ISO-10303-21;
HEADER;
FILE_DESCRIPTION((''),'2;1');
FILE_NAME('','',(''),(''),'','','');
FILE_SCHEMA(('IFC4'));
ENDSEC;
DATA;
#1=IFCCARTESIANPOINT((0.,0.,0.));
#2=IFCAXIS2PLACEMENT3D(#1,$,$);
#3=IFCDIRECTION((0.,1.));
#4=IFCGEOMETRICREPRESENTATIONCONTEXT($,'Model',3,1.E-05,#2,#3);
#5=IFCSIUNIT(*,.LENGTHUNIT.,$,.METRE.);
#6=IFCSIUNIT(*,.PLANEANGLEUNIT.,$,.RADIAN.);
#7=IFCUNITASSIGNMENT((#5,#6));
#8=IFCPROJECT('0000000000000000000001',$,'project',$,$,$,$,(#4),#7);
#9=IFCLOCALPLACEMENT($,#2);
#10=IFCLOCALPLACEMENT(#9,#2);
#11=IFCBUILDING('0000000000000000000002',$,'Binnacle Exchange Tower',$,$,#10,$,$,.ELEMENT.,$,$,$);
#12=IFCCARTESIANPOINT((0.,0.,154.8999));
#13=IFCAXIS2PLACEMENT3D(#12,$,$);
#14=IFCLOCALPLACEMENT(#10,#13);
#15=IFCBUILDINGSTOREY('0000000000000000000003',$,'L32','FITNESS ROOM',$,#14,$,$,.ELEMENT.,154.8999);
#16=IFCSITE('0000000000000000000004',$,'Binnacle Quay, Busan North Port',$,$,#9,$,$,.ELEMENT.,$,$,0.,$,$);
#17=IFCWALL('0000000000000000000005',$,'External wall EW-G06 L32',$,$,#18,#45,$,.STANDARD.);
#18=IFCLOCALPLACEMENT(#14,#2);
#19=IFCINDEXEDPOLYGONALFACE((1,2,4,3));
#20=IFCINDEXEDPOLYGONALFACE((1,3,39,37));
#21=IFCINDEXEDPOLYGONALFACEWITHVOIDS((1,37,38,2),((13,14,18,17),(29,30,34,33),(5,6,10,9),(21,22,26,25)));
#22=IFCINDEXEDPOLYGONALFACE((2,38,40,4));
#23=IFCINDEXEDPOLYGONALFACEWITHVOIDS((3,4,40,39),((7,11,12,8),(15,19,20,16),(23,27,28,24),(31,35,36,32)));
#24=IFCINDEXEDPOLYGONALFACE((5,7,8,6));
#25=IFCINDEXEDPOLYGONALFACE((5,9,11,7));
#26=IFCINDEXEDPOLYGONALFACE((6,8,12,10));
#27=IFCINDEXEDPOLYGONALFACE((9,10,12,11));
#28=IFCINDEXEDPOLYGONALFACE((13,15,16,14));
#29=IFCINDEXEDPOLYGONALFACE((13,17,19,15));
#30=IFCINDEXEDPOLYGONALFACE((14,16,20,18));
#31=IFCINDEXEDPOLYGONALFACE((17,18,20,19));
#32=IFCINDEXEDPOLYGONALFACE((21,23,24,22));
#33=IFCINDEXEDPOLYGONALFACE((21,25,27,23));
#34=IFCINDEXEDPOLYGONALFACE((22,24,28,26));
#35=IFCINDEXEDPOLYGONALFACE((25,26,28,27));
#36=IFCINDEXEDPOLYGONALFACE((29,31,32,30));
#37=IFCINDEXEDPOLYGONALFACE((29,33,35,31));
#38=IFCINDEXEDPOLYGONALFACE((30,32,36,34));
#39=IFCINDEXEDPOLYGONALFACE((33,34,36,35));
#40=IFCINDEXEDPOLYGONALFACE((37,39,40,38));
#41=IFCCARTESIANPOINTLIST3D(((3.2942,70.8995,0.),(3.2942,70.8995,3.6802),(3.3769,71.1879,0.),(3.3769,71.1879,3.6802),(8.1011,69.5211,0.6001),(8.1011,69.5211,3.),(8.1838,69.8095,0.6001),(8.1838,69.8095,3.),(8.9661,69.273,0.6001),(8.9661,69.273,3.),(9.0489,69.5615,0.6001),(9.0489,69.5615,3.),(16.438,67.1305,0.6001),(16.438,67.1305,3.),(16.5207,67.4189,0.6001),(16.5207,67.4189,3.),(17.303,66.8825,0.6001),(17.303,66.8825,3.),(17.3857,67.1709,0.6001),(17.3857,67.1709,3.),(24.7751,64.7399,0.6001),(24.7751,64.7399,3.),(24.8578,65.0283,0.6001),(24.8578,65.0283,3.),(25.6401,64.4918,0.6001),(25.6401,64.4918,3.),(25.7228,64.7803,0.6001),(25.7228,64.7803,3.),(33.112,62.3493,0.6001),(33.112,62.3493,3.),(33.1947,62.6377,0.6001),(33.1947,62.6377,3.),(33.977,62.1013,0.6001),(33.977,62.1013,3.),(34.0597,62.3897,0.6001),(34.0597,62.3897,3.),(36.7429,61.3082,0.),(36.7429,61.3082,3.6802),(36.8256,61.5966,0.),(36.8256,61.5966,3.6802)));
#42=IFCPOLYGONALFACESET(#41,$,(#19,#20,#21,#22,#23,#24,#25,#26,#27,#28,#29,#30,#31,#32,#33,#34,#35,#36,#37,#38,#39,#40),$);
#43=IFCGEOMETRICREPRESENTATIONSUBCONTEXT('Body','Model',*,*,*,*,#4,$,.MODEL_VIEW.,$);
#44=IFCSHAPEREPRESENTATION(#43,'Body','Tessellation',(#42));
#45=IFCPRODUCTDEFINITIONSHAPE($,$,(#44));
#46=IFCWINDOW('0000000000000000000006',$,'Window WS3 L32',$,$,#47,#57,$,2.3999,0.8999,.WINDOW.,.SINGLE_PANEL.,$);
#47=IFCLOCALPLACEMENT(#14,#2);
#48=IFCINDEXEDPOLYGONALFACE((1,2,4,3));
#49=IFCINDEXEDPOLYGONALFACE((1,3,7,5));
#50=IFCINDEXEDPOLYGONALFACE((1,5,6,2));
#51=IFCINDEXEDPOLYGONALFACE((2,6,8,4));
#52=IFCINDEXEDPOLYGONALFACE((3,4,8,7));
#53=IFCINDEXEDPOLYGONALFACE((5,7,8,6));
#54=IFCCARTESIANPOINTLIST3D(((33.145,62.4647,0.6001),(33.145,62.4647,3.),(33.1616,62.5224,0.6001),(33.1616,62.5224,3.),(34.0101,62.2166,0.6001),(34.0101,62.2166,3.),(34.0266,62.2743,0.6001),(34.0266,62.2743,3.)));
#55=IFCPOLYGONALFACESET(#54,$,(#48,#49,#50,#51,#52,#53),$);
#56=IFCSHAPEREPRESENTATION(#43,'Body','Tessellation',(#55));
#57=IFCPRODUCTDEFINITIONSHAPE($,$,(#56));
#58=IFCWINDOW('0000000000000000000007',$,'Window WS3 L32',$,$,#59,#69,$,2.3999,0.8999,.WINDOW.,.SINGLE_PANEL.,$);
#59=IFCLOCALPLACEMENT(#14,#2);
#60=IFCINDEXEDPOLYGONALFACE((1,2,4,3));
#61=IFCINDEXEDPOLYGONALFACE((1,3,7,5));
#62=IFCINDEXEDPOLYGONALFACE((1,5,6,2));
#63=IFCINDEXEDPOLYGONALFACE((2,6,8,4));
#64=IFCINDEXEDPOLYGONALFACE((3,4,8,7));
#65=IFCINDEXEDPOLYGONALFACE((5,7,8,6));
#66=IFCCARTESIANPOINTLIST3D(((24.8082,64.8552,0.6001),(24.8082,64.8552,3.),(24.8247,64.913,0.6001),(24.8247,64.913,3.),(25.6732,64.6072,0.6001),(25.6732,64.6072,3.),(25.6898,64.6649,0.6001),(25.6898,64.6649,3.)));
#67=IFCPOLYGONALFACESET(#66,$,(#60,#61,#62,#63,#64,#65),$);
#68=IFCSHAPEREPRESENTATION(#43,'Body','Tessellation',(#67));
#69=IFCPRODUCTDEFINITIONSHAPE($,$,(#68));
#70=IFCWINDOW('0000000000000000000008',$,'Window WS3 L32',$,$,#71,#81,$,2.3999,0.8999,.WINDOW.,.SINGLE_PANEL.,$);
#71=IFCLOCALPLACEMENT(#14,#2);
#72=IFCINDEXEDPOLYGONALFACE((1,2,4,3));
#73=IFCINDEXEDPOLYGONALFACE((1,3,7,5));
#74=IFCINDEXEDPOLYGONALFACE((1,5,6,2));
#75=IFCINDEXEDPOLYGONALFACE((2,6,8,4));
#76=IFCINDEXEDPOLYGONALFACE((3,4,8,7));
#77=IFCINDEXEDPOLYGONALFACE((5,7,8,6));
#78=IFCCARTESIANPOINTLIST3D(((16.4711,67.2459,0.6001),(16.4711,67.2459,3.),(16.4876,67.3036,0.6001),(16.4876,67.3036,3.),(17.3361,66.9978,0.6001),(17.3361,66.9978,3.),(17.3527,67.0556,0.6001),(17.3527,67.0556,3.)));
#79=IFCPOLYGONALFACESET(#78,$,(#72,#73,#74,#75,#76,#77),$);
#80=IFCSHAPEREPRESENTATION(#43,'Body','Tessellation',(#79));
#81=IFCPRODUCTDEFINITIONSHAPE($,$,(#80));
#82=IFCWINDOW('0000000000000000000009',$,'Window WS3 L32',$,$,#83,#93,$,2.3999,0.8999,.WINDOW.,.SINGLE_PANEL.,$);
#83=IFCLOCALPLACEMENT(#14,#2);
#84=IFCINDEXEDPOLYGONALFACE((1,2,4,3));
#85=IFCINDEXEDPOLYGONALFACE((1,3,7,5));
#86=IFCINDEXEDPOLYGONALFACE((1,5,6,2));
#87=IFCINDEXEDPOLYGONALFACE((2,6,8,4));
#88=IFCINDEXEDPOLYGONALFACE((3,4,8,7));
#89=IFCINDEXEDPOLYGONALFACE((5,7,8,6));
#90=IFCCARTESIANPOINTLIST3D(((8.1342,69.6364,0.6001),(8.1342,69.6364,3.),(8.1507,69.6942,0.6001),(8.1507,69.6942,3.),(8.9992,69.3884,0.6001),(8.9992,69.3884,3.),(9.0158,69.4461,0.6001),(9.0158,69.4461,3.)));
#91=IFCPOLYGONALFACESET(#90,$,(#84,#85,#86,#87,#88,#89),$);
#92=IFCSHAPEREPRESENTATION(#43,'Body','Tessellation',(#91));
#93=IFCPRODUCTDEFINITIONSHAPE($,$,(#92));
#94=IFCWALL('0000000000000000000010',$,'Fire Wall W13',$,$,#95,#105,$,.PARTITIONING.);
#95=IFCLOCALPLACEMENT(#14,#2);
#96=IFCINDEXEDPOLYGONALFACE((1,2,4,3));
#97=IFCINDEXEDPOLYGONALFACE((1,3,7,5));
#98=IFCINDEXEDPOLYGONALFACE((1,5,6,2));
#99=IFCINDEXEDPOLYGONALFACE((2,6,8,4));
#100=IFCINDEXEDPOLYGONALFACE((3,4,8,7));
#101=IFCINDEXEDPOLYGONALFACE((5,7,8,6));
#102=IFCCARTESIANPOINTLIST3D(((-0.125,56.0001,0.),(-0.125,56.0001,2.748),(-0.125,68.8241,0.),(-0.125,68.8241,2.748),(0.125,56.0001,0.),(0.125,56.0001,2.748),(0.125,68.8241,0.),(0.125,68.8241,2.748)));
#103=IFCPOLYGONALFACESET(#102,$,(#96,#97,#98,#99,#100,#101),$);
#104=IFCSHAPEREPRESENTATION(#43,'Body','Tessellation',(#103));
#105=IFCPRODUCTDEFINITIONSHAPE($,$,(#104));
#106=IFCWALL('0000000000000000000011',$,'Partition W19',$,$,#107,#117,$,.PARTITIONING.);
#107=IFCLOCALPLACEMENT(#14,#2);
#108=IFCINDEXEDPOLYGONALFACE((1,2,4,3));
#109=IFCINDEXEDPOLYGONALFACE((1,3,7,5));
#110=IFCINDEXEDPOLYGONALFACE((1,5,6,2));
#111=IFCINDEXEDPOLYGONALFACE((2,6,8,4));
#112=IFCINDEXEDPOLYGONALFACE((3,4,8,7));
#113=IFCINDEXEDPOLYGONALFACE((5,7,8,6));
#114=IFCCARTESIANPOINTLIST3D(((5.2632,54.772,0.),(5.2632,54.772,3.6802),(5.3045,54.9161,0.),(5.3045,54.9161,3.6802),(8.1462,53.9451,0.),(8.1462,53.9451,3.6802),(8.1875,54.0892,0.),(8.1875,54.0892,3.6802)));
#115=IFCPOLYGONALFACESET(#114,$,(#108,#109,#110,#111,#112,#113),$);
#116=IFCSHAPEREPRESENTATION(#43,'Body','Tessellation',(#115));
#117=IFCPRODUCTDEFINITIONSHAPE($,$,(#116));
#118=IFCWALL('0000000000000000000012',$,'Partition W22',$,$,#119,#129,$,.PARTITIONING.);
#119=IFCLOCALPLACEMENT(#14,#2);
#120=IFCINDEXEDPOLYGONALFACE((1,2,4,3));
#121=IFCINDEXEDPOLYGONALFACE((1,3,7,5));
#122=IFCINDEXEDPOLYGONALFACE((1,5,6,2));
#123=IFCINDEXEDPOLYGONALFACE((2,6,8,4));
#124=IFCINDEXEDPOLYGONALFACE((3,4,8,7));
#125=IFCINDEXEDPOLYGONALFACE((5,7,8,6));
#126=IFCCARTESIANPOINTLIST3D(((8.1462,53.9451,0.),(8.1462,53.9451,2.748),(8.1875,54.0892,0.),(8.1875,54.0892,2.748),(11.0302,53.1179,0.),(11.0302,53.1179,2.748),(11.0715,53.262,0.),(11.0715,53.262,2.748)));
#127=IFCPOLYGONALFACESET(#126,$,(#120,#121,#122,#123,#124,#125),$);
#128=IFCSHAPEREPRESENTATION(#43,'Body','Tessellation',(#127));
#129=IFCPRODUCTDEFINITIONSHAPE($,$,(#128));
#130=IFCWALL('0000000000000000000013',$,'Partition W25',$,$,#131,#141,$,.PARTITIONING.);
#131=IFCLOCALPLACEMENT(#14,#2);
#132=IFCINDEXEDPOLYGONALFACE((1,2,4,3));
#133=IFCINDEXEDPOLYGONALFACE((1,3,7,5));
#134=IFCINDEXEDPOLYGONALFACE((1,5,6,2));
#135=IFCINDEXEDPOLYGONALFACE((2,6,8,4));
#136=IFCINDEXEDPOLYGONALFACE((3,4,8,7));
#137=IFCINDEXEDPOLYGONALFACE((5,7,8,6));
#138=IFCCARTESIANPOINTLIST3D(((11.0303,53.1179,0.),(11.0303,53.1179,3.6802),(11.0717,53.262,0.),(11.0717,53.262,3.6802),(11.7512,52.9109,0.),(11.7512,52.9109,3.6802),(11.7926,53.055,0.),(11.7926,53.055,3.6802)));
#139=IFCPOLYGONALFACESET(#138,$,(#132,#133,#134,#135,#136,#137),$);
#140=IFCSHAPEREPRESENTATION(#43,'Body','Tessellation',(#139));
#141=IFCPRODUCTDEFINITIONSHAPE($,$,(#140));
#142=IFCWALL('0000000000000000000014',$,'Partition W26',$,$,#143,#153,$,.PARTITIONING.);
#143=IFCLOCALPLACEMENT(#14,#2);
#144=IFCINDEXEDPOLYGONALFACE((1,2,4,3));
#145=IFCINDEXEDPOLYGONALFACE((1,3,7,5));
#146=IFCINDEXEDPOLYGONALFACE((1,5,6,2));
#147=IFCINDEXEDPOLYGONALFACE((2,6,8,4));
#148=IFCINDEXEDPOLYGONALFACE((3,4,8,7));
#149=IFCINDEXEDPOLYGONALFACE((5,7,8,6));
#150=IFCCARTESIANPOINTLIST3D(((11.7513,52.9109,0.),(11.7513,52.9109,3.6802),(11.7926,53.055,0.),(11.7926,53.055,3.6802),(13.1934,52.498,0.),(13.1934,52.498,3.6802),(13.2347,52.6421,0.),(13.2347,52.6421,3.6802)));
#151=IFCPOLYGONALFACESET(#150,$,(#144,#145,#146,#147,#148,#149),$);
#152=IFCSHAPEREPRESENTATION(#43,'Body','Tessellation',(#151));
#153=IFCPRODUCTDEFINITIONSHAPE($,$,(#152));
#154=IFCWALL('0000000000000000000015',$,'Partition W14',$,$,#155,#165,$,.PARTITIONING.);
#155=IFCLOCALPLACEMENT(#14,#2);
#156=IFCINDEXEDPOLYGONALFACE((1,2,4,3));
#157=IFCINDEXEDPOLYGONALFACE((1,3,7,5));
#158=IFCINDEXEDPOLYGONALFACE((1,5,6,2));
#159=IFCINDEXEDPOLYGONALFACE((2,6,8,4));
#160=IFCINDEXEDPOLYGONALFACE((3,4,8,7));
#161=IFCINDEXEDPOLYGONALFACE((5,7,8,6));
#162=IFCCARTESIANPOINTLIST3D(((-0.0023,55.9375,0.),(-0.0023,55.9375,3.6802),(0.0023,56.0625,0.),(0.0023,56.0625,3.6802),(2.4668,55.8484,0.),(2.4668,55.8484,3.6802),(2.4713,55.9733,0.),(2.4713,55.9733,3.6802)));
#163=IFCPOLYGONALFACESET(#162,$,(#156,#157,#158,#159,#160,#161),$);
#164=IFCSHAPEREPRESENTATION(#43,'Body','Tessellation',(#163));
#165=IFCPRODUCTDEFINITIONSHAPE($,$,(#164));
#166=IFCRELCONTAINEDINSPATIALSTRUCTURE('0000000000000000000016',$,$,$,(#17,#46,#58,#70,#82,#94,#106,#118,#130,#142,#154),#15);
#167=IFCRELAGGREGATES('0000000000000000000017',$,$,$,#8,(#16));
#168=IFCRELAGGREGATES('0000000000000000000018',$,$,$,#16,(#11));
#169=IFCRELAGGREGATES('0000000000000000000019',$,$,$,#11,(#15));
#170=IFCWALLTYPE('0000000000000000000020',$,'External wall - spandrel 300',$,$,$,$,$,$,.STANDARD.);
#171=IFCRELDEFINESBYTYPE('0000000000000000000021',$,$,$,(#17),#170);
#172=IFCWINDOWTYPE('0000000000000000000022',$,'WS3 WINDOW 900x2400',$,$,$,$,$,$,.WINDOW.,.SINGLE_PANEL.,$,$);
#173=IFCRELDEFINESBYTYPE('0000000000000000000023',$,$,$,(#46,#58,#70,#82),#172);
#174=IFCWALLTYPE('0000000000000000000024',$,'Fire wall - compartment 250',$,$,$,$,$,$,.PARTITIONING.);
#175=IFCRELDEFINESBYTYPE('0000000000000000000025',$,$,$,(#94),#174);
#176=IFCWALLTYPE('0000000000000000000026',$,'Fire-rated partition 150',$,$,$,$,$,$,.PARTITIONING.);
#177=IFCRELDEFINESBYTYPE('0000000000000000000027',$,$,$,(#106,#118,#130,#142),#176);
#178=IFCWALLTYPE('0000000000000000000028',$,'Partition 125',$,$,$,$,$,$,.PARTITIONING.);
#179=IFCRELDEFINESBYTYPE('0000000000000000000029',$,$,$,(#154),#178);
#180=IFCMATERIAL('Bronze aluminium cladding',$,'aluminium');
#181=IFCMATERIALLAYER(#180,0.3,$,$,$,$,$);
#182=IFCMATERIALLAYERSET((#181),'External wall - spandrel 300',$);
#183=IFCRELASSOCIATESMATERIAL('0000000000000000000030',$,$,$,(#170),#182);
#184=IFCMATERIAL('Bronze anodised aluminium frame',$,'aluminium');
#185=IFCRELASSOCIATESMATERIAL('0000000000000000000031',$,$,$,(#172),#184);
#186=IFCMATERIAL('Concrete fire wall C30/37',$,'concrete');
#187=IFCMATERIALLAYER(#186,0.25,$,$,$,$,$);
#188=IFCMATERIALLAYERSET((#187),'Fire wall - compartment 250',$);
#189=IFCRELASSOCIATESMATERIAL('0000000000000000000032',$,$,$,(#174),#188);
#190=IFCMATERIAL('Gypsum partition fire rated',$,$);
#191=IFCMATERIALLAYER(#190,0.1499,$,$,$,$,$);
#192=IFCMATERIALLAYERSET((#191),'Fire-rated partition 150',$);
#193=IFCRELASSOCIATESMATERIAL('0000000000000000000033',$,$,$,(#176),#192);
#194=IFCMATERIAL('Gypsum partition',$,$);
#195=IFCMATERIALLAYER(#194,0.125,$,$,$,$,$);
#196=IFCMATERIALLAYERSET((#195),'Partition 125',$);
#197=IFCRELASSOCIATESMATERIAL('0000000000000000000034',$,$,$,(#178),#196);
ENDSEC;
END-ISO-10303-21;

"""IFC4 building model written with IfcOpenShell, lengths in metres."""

from ifc_helpers import new_model, si_unit, direction, frame, frame_2d, origin, place, context, subcontext, project, spatial, rectangle, extrude, material, layer, layer_set, type_object, element, fill, save


model = new_model("IFC4")

# Units and contexts
model_context = context("Model", 3, precision=1e-05, world=origin(), true_north=direction((0.0, 1.0)))
body_context = subcontext(model_context, "Body", "Model", "MODEL_VIEW")
ifc_project = project(units=[si_unit("LENGTHUNIT", "METRE"), si_unit("PLANEANGLEUNIT", "RADIAN")], contexts=[model_context])

# Site, building, storey
site_placement = place(None, origin())
site = spatial("IfcSite", under=ifc_project, at=site_placement, Name="Binnacle Quay, Busan North Port", CompositionType="ELEMENT", RefElevation=0.0)
building_placement = place(site_placement, origin())
building = spatial("IfcBuilding", under=site, at=building_placement, Name="Binnacle Exchange Tower", CompositionType="ELEMENT")
storey_placement = place(building_placement, frame((0.0, 0.0, 154.8999)))
storey = spatial("IfcBuildingStorey", under=building, at=storey_placement, Name="L32", Description="FITNESS ROOM", CompositionType="ELEMENT", Elevation=154.8999)

# Wall, openings, windows
ifc_material_1 = material(Name="Bronze aluminium cladding", Category="aluminium")
ifc_layer_1 = layer(ifc_material_1, 0.3)
ifc_layer_set_1 = layer_set([ifc_layer_1], Name="External wall - spandrel 300")
wall_type_1 = type_object("IfcWallType", Name="External wall - spandrel 300", PredefinedType="STANDARD", material=ifc_layer_set_1)
wall_1_placement = place(storey_placement, frame((3.3354, 71.0437, 0.0), z_axis=(0.0, 0.0, 1.0), x_axis=(0.961261, -0.275638, 0.0)))
wall_1 = element("IfcWall", 1, at=wall_1_placement, inside=storey, type_object=wall_type_1, Name="External wall EW-G06 L32", PredefinedType="STANDARD", context=body_context, shape_type="SweptSolid", body=[
    extrude(rectangle(XDim=34.7966, YDim=0.3, at=frame_2d((17.3984, 0.0))), origin(), (0.0, 0.0, 1.0), 3.6802),
])
opening_1_placement = place(wall_1_placement, frame((31.0195, 0.0, 0.6001)))
opening_1 = element("IfcOpeningElement", 2, at=opening_1_placement, cuts=wall_1, PredefinedType="OPENING", context=body_context, shape_type="SweptSolid", body=[
    extrude(rectangle(XDim=0.8999, YDim=2.3999, at=frame_2d((0.45, 1.2))), frame((0.0, 0.1599, 0.0), z_axis=(0.0, -1.0, 0.0), x_axis=(1.0, 0.0, 0.0)), (0.0, 0.0, 1.0), 0.3201),
])
opening_2_placement = place(wall_1_placement, frame((22.3467, 0.0, 0.6001)))
opening_2 = element("IfcOpeningElement", 3, at=opening_2_placement, cuts=wall_1, PredefinedType="OPENING", context=body_context, shape_type="SweptSolid", body=[
    extrude(rectangle(XDim=0.8999, YDim=2.3999, at=frame_2d((0.45, 1.2))), frame((0.0, 0.1599, 0.0), z_axis=(0.0, -1.0, 0.0), x_axis=(1.0, 0.0, 0.0)), (0.0, 0.0, 1.0), 0.3201),
])
opening_3_placement = place(wall_1_placement, frame((13.6736, 0.0, 0.6001)))
opening_3 = element("IfcOpeningElement", 4, at=opening_3_placement, cuts=wall_1, PredefinedType="OPENING", context=body_context, shape_type="SweptSolid", body=[
    extrude(rectangle(XDim=0.8999, YDim=2.3999, at=frame_2d((0.45, 1.2))), frame((0.0, 0.1599, 0.0), z_axis=(0.0, -1.0, 0.0), x_axis=(1.0, 0.0, 0.0)), (0.0, 0.0, 1.0), 0.3201),
])
opening_4_placement = place(wall_1_placement, frame((5.0007, 0.0, 0.6001)))
opening_4 = element("IfcOpeningElement", 5, at=opening_4_placement, cuts=wall_1, PredefinedType="OPENING", context=body_context, shape_type="SweptSolid", body=[
    extrude(rectangle(XDim=0.8999, YDim=2.3999, at=frame_2d((0.45, 1.2))), frame((0.0, 0.1599, 0.0), z_axis=(0.0, -1.0, 0.0), x_axis=(1.0, 0.0, 0.0)), (0.0, 0.0, 1.0), 0.3201),
])
ifc_material_2 = material(Name="Bronze anodised aluminium frame", Category="aluminium")
window_type = type_object("IfcWindowType", Name="WS3 WINDOW 900x2400", PartitioningType="SINGLE_PANEL", PredefinedType="WINDOW", material=ifc_material_2)
window_1_placement = place(opening_1_placement, origin())
window_1 = element("IfcWindow", 6, at=window_1_placement, inside=storey, type_object=window_type, Name="Window WS3 L32", OverallHeight=2.3999, OverallWidth=0.8999, PartitioningType="SINGLE_PANEL", PredefinedType="WINDOW", context=body_context, shape_type="SweptSolid", body=[
    extrude(rectangle(XDim=0.8999, YDim=2.3999, at=frame_2d((0.45, 1.2))), frame((0.0, 0.03, 0.0), z_axis=(0.0, -1.0, 0.0), x_axis=(1.0, 0.0, 0.0)), (0.0, 0.0, 1.0), 0.0601),
])
fill(opening_1, window_1)
window_2_placement = place(opening_2_placement, origin())
window_2 = element("IfcWindow", 7, at=window_2_placement, inside=storey, type_object=window_type, Name="Window WS3 L32", OverallHeight=2.3999, OverallWidth=0.8999, PartitioningType="SINGLE_PANEL", PredefinedType="WINDOW", context=body_context, shape_type="SweptSolid", body=[
    extrude(rectangle(XDim=0.8999, YDim=2.3999, at=frame_2d((0.45, 1.2))), frame((0.0, 0.03, 0.0), z_axis=(0.0, -1.0, 0.0), x_axis=(1.0, 0.0, 0.0)), (0.0, 0.0, 1.0), 0.0601),
])
fill(opening_2, window_2)
window_3_placement = place(opening_3_placement, origin())
window_3 = element("IfcWindow", 8, at=window_3_placement, inside=storey, type_object=window_type, Name="Window WS3 L32", OverallHeight=2.3999, OverallWidth=0.8999, PartitioningType="SINGLE_PANEL", PredefinedType="WINDOW", context=body_context, shape_type="SweptSolid", body=[
    extrude(rectangle(XDim=0.8999, YDim=2.3999, at=frame_2d((0.45, 1.2))), frame((0.0, 0.03, 0.0), z_axis=(0.0, -1.0, 0.0), x_axis=(1.0, 0.0, 0.0)), (0.0, 0.0, 1.0), 0.0601),
])
fill(opening_3, window_3)
window_4_placement = place(opening_4_placement, origin())
window_4 = element("IfcWindow", 9, at=window_4_placement, inside=storey, type_object=window_type, Name="Window WS3 L32", OverallHeight=2.3999, OverallWidth=0.8999, PartitioningType="SINGLE_PANEL", PredefinedType="WINDOW", context=body_context, shape_type="SweptSolid", body=[
    extrude(rectangle(XDim=0.8999, YDim=2.3999, at=frame_2d((0.45, 1.2))), frame((0.0, 0.03, 0.0), z_axis=(0.0, -1.0, 0.0), x_axis=(1.0, 0.0, 0.0)), (0.0, 0.0, 1.0), 0.0601),
])
fill(opening_4, window_4)

# Walls
ifc_material_3 = material(Name="Concrete fire wall C30/37", Category="concrete")
ifc_layer_2 = layer(ifc_material_3, 0.25)
ifc_layer_set_2 = layer_set([ifc_layer_2], Name="Fire wall - compartment 250")
wall_type_2 = type_object("IfcWallType", Name="Fire wall - compartment 250", PredefinedType="PARTITIONING", material=ifc_layer_set_2)
wall_2_placement = place(storey_placement, frame((0.0, 56.0, 0.0), z_axis=(0.0, 0.0, 1.0), x_axis=(0.0, 1.0, 0.0)))
element("IfcWall", 10, at=wall_2_placement, inside=storey, type_object=wall_type_2, Name="Fire Wall W13", PredefinedType="PARTITIONING", context=body_context, shape_type="SweptSolid", body=[
    extrude(rectangle(XDim=12.824, YDim=0.25, at=frame_2d((6.4121, 0.0))), origin(), (0.0, 0.0, 1.0), 2.748),
])
ifc_material_4 = material(Name="Gypsum partition fire rated")
ifc_layer_3 = layer(ifc_material_4, 0.1499)
ifc_layer_set_3 = layer_set([ifc_layer_3], Name="Fire-rated partition 150")
wall_type_3 = type_object("IfcWallType", Name="Fire-rated partition 150", PredefinedType="PARTITIONING", material=ifc_layer_set_3)
wall_3_placement = place(storey_placement, frame((5.2839, 54.844, 0.0), z_axis=(0.0, 0.0, 1.0), x_axis=(0.961244, -0.275699, 0.0)))
element("IfcWall", 11, at=wall_3_placement, inside=storey, type_object=wall_type_3, Name="Partition W19", PredefinedType="PARTITIONING", context=body_context, shape_type="SweptSolid", body=[
    extrude(rectangle(XDim=2.9993, YDim=0.1499, at=frame_2d((1.4995, 0.0))), origin(), (0.0, 0.0, 1.0), 3.6802),
])
wall_4_placement = place(storey_placement, frame((8.167, 54.0171, 0.0), z_axis=(0.0, 0.0, 1.0), x_axis=(0.961247, -0.275688, 0.0)))
element("IfcWall", 12, at=wall_4_placement, inside=storey, type_object=wall_type_3, Name="Partition W22", PredefinedType="PARTITIONING", context=body_context, shape_type="SweptSolid", body=[
    extrude(rectangle(XDim=3.0002, YDim=0.1499, at=frame_2d((1.5, 0.0))), origin(), (0.0, 0.0, 1.0), 2.748),
])
wall_5_placement = place(storey_placement, frame((11.051, 53.1899, 0.0), z_axis=(0.0, 0.0, 1.0), x_axis=(0.961155, -0.276011, 0.0)))
element("IfcWall", 13, at=wall_5_placement, inside=storey, type_object=wall_type_3, Name="Partition W25", PredefinedType="PARTITIONING", context=body_context, shape_type="SweptSolid", body=[
    extrude(rectangle(XDim=0.75, YDim=0.1499, at=frame_2d((0.375, 0.0))), origin(), (0.0, 0.0, 1.0), 3.6802),
])
wall_6_placement = place(storey_placement, frame((11.772, 52.9829, 0.0), z_axis=(0.0, 0.0, 1.0), x_axis=(0.961383, -0.275215, 0.0)))
element("IfcWall", 14, at=wall_6_placement, inside=storey, type_object=wall_type_3, Name="Partition W26", PredefinedType="PARTITIONING", context=body_context, shape_type="SweptSolid", body=[
    extrude(rectangle(XDim=1.5, YDim=0.1499, at=frame_2d((0.75, 0.0))), origin(), (0.0, 0.0, 1.0), 3.6802),
])
ifc_material_5 = material(Name="Gypsum partition")
ifc_layer_4 = layer(ifc_material_5, 0.125)
ifc_layer_set_4 = layer_set([ifc_layer_4], Name="Partition 125")
wall_type_4 = type_object("IfcWallType", Name="Partition 125", PredefinedType="PARTITIONING", material=ifc_layer_set_4)
wall_7_placement = place(storey_placement, frame((0.0, 56.0, 0.0), z_axis=(0.0, 0.0, 1.0), x_axis=(0.999349, -0.036069, 0.0)))
element("IfcWall", 15, at=wall_7_placement, inside=storey, type_object=wall_type_4, Name="Partition W14", PredefinedType="PARTITIONING", context=body_context, shape_type="SweptSolid", body=[
    extrude(rectangle(XDim=2.4707, YDim=0.125, at=frame_2d((1.2354, 0.0))), origin(), (0.0, 0.0, 1.0), 3.6802),
])

save(model, "model.ifc")
